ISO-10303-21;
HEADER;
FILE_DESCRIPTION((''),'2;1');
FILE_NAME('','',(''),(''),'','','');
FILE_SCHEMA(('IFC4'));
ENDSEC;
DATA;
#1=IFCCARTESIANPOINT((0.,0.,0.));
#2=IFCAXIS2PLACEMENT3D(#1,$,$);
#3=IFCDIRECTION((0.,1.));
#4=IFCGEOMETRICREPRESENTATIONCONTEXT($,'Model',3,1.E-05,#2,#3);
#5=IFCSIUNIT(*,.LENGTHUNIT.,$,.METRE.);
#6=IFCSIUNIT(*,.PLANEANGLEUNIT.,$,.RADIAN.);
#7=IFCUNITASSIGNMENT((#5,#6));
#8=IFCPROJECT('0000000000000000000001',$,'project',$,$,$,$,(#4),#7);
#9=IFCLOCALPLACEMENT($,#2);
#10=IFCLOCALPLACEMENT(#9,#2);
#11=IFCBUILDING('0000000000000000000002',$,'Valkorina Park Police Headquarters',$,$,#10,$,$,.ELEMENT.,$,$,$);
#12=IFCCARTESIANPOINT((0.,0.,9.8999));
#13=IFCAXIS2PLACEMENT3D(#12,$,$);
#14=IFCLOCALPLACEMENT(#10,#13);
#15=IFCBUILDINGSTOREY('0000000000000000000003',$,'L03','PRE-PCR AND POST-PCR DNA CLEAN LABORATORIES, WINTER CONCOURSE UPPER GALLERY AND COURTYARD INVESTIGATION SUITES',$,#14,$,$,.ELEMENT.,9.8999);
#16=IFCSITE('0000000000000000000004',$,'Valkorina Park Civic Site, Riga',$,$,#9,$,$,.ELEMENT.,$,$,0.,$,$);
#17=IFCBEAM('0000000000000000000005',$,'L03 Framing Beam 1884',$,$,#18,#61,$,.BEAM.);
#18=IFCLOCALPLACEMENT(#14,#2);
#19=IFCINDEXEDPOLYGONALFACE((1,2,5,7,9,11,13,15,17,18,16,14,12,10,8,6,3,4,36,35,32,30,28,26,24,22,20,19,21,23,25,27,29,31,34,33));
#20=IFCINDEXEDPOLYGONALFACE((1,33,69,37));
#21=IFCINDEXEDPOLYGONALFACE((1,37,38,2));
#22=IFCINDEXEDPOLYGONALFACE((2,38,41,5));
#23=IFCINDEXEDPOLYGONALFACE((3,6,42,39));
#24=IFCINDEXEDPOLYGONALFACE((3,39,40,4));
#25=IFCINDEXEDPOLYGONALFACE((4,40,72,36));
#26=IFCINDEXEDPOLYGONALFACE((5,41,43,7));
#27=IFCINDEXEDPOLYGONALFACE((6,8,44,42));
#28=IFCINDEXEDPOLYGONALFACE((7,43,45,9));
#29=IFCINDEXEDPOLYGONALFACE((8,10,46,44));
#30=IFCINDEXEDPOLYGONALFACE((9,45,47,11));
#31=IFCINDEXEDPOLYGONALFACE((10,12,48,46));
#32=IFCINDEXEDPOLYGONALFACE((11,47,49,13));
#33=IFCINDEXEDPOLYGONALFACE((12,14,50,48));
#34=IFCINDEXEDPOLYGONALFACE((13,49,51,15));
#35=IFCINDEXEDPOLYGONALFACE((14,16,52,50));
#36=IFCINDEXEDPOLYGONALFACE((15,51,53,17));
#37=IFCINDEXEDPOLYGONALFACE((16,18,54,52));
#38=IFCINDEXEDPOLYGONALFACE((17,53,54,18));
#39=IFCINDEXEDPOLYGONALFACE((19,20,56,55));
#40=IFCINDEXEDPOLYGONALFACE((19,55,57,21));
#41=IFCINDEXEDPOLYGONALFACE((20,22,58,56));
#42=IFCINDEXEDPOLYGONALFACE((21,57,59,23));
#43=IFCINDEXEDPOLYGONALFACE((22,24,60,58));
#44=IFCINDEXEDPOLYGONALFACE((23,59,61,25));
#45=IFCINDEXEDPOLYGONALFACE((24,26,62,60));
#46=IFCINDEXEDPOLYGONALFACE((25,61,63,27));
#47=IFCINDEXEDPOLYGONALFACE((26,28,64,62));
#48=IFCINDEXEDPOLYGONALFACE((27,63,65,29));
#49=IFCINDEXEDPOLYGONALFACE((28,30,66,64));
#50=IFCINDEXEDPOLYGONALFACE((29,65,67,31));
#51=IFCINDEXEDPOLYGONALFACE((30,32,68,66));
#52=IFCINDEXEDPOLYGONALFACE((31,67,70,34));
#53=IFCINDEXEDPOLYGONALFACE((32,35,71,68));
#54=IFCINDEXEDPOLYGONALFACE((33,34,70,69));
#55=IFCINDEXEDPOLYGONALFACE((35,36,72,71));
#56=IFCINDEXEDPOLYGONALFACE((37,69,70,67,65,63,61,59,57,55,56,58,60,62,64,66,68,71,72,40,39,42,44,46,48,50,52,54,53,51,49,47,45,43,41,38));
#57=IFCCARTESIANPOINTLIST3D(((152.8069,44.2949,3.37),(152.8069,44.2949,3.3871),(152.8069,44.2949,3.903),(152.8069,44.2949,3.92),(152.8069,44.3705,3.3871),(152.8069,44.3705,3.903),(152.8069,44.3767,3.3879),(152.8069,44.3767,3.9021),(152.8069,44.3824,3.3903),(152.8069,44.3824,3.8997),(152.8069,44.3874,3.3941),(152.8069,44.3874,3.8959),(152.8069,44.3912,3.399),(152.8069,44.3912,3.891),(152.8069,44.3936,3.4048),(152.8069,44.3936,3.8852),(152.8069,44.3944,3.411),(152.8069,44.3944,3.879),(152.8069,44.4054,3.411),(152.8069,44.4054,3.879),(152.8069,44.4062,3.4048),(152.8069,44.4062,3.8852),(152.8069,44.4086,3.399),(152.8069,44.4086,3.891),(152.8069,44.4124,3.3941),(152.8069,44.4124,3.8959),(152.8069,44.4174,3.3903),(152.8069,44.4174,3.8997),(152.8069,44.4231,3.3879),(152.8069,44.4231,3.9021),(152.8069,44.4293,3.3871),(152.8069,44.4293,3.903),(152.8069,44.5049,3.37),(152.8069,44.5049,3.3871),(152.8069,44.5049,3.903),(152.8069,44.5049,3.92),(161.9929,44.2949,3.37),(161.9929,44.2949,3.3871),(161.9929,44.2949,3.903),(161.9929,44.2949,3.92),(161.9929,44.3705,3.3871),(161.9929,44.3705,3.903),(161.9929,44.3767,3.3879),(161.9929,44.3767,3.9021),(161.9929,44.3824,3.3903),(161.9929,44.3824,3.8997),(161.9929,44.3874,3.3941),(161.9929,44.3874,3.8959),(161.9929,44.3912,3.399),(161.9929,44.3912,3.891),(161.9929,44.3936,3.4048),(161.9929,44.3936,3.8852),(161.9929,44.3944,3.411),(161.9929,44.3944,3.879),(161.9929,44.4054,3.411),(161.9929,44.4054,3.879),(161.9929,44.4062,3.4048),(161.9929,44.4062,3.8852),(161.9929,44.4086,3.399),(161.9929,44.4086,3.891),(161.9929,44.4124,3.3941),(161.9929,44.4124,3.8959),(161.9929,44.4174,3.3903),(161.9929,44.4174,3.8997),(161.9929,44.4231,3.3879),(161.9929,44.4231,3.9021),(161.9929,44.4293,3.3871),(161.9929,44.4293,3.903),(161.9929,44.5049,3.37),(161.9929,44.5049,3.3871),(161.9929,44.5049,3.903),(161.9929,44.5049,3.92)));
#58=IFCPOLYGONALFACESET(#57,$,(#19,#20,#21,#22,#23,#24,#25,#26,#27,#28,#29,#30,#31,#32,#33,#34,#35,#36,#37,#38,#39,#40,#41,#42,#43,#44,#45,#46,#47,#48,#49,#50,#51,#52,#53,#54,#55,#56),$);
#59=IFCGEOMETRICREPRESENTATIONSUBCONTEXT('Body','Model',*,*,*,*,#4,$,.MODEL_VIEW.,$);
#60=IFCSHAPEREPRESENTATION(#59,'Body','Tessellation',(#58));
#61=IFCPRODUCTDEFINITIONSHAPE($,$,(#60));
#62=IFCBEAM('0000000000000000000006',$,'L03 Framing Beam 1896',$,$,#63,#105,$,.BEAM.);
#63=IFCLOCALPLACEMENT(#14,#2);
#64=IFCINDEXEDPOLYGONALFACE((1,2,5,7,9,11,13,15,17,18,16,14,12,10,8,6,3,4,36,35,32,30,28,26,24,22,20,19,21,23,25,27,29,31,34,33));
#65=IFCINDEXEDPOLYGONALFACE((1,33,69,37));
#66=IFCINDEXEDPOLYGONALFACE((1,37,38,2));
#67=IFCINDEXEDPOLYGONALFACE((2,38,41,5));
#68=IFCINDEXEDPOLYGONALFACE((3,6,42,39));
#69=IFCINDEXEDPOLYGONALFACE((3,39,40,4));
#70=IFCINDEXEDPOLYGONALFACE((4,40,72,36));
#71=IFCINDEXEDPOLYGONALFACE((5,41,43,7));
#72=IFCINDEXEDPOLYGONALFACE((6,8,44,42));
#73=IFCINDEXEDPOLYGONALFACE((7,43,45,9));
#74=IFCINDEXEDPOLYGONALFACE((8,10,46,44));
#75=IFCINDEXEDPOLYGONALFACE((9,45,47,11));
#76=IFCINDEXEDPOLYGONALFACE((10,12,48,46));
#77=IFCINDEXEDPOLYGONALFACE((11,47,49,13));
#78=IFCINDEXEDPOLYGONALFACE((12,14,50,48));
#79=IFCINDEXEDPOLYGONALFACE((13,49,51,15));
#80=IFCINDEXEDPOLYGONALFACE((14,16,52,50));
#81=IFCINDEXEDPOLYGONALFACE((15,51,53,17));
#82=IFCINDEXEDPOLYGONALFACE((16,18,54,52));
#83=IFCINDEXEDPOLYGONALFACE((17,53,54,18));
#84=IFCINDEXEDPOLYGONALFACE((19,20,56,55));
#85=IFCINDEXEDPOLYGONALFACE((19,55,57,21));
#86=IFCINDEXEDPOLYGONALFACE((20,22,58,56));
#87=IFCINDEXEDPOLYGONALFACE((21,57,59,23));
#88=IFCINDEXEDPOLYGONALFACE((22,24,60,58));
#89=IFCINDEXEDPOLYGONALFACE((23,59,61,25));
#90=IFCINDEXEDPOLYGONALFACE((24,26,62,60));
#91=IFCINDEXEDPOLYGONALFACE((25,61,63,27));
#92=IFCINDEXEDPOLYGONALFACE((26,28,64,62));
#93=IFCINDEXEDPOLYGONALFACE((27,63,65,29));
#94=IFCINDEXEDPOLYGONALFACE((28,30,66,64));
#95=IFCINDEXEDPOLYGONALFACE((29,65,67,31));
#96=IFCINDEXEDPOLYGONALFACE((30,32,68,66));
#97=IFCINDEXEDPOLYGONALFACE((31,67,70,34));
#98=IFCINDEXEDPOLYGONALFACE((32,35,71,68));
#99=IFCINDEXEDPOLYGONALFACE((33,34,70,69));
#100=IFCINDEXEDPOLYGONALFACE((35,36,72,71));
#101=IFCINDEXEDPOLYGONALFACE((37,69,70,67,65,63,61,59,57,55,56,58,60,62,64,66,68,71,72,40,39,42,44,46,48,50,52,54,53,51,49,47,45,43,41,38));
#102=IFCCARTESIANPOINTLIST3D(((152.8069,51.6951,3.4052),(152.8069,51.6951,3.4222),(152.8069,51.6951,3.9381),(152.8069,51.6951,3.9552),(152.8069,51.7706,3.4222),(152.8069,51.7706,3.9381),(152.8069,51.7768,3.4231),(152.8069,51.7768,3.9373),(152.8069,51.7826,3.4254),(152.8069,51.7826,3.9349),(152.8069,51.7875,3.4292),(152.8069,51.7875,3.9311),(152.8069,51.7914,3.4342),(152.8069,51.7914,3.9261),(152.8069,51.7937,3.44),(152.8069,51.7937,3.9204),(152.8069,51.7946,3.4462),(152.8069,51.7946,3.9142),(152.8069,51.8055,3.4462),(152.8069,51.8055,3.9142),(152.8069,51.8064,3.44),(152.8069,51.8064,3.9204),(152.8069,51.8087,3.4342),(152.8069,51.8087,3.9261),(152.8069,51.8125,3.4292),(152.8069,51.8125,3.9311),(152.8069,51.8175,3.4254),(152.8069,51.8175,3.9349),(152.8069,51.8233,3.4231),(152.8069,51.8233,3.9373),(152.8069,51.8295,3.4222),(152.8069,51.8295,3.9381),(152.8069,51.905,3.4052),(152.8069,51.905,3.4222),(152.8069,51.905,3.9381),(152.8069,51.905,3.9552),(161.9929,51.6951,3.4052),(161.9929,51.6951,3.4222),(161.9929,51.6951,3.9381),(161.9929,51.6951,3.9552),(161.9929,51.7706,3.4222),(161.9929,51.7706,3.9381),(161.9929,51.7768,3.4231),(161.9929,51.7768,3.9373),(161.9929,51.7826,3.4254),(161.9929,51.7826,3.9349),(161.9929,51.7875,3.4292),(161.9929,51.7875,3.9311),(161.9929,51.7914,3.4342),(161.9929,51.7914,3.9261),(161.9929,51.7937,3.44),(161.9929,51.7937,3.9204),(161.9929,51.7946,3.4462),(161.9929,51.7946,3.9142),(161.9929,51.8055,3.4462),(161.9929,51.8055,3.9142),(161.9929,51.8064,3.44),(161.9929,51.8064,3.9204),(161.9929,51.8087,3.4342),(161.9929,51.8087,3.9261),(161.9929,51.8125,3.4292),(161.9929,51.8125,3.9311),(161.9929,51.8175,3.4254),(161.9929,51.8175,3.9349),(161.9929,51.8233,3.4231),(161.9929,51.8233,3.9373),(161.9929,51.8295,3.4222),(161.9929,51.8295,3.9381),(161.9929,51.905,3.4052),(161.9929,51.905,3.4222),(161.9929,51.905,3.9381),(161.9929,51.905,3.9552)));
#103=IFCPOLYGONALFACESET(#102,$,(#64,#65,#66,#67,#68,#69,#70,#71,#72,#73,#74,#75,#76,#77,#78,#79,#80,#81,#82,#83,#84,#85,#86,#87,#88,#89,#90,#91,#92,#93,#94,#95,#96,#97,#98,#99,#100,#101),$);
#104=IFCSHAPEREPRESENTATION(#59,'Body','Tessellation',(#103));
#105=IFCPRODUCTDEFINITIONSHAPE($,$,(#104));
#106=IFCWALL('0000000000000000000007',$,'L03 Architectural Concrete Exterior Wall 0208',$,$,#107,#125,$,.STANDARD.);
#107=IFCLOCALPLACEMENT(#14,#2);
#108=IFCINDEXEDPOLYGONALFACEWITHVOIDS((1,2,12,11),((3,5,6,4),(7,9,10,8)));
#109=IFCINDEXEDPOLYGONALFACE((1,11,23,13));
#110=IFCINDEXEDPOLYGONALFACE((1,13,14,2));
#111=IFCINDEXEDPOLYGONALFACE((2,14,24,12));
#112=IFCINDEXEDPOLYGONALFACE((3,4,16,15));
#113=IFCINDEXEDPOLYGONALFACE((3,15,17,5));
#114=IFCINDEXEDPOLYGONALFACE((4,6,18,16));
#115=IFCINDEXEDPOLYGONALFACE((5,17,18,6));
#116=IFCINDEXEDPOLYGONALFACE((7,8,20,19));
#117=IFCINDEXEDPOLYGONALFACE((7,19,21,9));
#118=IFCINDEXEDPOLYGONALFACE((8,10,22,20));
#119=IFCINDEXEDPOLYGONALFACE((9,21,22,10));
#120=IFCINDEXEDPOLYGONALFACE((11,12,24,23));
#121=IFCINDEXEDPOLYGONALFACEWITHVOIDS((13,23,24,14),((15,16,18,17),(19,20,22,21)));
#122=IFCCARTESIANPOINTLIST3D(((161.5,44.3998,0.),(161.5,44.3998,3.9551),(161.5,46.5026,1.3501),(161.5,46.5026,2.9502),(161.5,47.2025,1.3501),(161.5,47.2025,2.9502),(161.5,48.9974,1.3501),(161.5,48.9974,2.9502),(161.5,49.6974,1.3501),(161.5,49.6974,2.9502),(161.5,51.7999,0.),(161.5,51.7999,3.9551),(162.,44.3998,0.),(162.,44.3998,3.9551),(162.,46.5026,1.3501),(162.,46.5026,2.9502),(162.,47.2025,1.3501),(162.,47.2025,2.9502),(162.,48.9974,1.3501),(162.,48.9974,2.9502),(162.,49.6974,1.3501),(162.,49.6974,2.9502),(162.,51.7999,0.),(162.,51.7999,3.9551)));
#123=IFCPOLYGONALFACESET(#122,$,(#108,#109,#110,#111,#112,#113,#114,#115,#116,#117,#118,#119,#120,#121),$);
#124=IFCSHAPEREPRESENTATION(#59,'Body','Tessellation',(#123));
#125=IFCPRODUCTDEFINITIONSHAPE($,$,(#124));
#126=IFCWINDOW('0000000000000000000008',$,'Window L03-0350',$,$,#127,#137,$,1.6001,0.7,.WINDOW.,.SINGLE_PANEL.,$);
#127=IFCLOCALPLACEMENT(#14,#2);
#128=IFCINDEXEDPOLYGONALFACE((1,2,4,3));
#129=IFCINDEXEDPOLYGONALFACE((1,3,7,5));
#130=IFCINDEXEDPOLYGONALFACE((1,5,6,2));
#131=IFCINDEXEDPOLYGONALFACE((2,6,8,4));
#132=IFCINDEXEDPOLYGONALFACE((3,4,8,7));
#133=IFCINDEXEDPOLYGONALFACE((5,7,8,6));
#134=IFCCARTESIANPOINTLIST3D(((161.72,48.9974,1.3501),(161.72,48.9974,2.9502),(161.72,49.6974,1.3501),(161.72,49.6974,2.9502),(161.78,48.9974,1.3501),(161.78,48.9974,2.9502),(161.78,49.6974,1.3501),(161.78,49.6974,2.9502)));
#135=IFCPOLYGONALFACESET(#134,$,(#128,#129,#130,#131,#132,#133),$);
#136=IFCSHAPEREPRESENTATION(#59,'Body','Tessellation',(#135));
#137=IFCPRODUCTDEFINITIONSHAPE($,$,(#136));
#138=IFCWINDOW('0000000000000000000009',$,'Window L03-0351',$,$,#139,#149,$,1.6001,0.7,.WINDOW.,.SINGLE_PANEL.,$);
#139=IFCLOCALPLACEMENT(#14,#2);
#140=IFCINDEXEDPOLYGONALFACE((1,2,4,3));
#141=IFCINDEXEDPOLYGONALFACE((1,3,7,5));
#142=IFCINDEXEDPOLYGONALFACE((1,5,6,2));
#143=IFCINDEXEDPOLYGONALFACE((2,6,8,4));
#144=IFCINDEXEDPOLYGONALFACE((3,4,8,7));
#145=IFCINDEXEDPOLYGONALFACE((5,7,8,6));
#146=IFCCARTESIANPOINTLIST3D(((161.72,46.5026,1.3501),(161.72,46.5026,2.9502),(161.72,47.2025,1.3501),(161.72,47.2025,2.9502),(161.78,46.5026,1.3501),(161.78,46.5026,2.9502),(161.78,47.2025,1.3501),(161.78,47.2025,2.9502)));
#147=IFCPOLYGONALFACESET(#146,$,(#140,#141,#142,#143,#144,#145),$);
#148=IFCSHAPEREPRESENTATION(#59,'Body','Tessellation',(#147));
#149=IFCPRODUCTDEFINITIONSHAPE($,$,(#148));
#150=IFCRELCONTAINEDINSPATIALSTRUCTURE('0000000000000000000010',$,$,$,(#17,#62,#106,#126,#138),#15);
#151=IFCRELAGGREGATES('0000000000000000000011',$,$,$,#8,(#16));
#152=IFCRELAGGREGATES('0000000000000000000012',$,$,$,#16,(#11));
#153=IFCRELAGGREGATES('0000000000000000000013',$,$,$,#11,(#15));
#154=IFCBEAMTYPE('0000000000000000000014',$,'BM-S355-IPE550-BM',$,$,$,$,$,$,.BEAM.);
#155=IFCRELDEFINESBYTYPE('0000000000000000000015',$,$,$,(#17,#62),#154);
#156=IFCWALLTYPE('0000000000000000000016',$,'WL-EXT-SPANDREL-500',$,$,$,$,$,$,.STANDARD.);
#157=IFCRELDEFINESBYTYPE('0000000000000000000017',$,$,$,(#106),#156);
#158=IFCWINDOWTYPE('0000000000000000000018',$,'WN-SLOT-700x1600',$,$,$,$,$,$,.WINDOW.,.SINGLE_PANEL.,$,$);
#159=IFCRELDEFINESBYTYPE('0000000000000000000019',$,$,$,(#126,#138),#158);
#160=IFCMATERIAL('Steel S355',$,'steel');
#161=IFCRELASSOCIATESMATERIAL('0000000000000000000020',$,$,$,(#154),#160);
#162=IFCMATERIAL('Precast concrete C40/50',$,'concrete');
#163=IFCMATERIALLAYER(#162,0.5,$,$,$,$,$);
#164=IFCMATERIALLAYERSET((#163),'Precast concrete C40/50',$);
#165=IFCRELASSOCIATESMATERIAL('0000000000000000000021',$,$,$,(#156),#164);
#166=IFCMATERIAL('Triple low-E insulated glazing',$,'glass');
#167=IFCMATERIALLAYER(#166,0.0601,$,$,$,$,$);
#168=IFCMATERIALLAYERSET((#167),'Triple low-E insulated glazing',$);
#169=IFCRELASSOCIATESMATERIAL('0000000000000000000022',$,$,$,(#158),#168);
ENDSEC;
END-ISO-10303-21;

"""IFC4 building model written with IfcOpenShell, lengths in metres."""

from ifc_helpers import new_model, si_unit, direction, frame, frame_2d, origin, origin_2d, place, context, subcontext, project, spatial, rectangle, i_section, extrude, material, layer, layer_set, material_profile, profile_set, type_object, element, fill, save


model = new_model("IFC4")

# Units and contexts
model_context = context("Model", 3, precision=1e-05, world=origin(), true_north=direction((0.0, 1.0)))
body_context = subcontext(model_context, "Body", "Model", "MODEL_VIEW")
ifc_project = project(units=[si_unit("LENGTHUNIT", "METRE"), si_unit("PLANEANGLEUNIT", "RADIAN")], contexts=[model_context])

# Site, building, storey
site_placement = place(None, origin())
site = spatial("IfcSite", under=ifc_project, at=site_placement, Name="Valkorina Park Civic Site, Riga", CompositionType="ELEMENT", RefElevation=0.0)
building_placement = place(site_placement, origin())
building = spatial("IfcBuilding", under=site, at=building_placement, Name="Valkorina Park Police Headquarters", CompositionType="ELEMENT")
storey_placement = place(building_placement, frame((0.0, 0.0, 9.8999)))
storey = spatial("IfcBuildingStorey", under=building, at=storey_placement, Name="L03", Description="PRE-PCR AND POST-PCR DNA CLEAN LABORATORIES, WINTER CONCOURSE UPPER GALLERY AND COURTYARD INVESTIGATION SUITES", CompositionType="ELEMENT", Elevation=9.8999)

# Shared definitions
ifc_material_1 = material(Name="Steel S355", Category="steel")

# Beams
ifc_material_profile_1 = material_profile(ifc_material_1, i_section(OverallWidth=0.21, OverallDepth=0.55, WebThickness=0.011, FlangeThickness=0.0171, FilletRadius=0.0239, at=origin_2d()), Name="IPE 550")
ifc_profile_set_1 = profile_set([ifc_material_profile_1], Name="Steel S355")
beam_type_1 = type_object("IfcBeamType", Name="BM-S355-IPE550-BM", PredefinedType="BEAM", material=ifc_profile_set_1)
for number, where, z_axis, x_axis, name in (
    (1, (152.8069, 44.3999, 3.645), (1.0, 0.0, 0.0), (0.0, 1.0, 0.0), "L03 Framing Beam 1884"),
    (2, (152.8069, 51.8, 3.6802), (1.0, 0.0, 0.0), (0.0, 1.0, 0.0), "L03 Framing Beam 1896"),
):
    element("IfcBeam", number, at=place(storey_placement, frame(where, z_axis=z_axis, x_axis=x_axis)), inside=storey, type_object=beam_type_1, Name=name, PredefinedType="BEAM", context=body_context, shape_type="SweptSolid", body=[
        extrude(i_section(OverallWidth=0.21, OverallDepth=0.55, WebThickness=0.011, FlangeThickness=0.0171, FilletRadius=0.0239, at=origin_2d()), origin(), (0.0, 0.0, 1.0), 9.186),
    ])

# Wall, openings, windows
ifc_material_2 = material(Name="Precast concrete C40/50", Category="concrete")
ifc_layer_1 = layer(ifc_material_2, 0.5)
ifc_layer_set_1 = layer_set([ifc_layer_1], Name="Precast concrete C40/50")
wall_type = type_object("IfcWallType", Name="WL-EXT-SPANDREL-500", PredefinedType="STANDARD", material=ifc_layer_set_1)
wall_1_placement = place(storey_placement, frame((161.75, 51.8, 0.0), z_axis=(0.0, 0.0, 1.0), x_axis=(0.0, -1.0, 0.0)))
wall_1 = element("IfcWall", 3, at=wall_1_placement, inside=storey, type_object=wall_type, Name="L03 Architectural Concrete Exterior Wall 0208", PredefinedType="STANDARD", context=body_context, shape_type="SweptSolid", body=[
    extrude(rectangle(XDim=7.4001, YDim=0.5, at=frame_2d((3.7002, 0.0))), origin(), (0.0, 0.0, 1.0), 3.9551),
])
opening_1_placement = place(wall_1_placement, frame((2.1025, 0.0, 1.3501)))
opening_1 = element("IfcOpeningElement", 4, at=opening_1_placement, cuts=wall_1, PredefinedType="OPENING", context=body_context, shape_type="SweptSolid", body=[
    extrude(rectangle(XDim=0.7, YDim=1.6001, at=frame_2d((0.3501, 0.8))), frame((0.0, 0.26, 0.0), z_axis=(0.0, -1.0, 0.0), x_axis=(1.0, 0.0, 0.0)), (0.0, 0.0, 1.0), 0.52),
])
opening_2_placement = place(wall_1_placement, frame((4.5974, 0.0, 1.3501)))
opening_2 = element("IfcOpeningElement", 5, at=opening_2_placement, cuts=wall_1, PredefinedType="OPENING", context=body_context, shape_type="SweptSolid", body=[
    extrude(rectangle(XDim=0.7, YDim=1.6001, at=frame_2d((0.3501, 0.8))), frame((0.0, 0.26, 0.0), z_axis=(0.0, -1.0, 0.0), x_axis=(1.0, 0.0, 0.0)), (0.0, 0.0, 1.0), 0.52),
])
ifc_material_3 = material(Name="Triple low-E insulated glazing", Category="glass")
ifc_layer_2 = layer(ifc_material_3, 0.0601)
ifc_layer_set_2 = layer_set([ifc_layer_2], Name="Triple low-E insulated glazing")
window_type_1 = type_object("IfcWindowType", Name="WN-SLOT-700x1600", PartitioningType="SINGLE_PANEL", PredefinedType="WINDOW", material=ifc_layer_set_2)
window_1_placement = place(opening_1_placement, origin())
window_1 = element("IfcWindow", 6, at=window_1_placement, inside=storey, type_object=window_type_1, Name="Window L03-0350", OverallHeight=1.6001, OverallWidth=0.7, PartitioningType="SINGLE_PANEL", PredefinedType="WINDOW", context=body_context, shape_type="SweptSolid", body=[
    extrude(rectangle(XDim=0.7, YDim=1.6001, at=frame_2d((0.3501, 0.8))), frame((0.0, 0.03, 0.0), z_axis=(0.0, -1.0, 0.0), x_axis=(1.0, 0.0, 0.0)), (0.0, 0.0, 1.0), 0.0601),
])
fill(opening_1, window_1)
window_2_placement = place(opening_2_placement, origin())
window_2 = element("IfcWindow", 7, at=window_2_placement, inside=storey, type_object=window_type_1, Name="Window L03-0351", OverallHeight=1.6001, OverallWidth=0.7, PartitioningType="SINGLE_PANEL", PredefinedType="WINDOW", context=body_context, shape_type="SweptSolid", body=[
    extrude(rectangle(XDim=0.7, YDim=1.6001, at=frame_2d((0.3501, 0.8))), frame((0.0, 0.03, 0.0), z_axis=(0.0, -1.0, 0.0), x_axis=(1.0, 0.0, 0.0)), (0.0, 0.0, 1.0), 0.0601),
])
fill(opening_2, window_2)

save(model, "model.ifc")
